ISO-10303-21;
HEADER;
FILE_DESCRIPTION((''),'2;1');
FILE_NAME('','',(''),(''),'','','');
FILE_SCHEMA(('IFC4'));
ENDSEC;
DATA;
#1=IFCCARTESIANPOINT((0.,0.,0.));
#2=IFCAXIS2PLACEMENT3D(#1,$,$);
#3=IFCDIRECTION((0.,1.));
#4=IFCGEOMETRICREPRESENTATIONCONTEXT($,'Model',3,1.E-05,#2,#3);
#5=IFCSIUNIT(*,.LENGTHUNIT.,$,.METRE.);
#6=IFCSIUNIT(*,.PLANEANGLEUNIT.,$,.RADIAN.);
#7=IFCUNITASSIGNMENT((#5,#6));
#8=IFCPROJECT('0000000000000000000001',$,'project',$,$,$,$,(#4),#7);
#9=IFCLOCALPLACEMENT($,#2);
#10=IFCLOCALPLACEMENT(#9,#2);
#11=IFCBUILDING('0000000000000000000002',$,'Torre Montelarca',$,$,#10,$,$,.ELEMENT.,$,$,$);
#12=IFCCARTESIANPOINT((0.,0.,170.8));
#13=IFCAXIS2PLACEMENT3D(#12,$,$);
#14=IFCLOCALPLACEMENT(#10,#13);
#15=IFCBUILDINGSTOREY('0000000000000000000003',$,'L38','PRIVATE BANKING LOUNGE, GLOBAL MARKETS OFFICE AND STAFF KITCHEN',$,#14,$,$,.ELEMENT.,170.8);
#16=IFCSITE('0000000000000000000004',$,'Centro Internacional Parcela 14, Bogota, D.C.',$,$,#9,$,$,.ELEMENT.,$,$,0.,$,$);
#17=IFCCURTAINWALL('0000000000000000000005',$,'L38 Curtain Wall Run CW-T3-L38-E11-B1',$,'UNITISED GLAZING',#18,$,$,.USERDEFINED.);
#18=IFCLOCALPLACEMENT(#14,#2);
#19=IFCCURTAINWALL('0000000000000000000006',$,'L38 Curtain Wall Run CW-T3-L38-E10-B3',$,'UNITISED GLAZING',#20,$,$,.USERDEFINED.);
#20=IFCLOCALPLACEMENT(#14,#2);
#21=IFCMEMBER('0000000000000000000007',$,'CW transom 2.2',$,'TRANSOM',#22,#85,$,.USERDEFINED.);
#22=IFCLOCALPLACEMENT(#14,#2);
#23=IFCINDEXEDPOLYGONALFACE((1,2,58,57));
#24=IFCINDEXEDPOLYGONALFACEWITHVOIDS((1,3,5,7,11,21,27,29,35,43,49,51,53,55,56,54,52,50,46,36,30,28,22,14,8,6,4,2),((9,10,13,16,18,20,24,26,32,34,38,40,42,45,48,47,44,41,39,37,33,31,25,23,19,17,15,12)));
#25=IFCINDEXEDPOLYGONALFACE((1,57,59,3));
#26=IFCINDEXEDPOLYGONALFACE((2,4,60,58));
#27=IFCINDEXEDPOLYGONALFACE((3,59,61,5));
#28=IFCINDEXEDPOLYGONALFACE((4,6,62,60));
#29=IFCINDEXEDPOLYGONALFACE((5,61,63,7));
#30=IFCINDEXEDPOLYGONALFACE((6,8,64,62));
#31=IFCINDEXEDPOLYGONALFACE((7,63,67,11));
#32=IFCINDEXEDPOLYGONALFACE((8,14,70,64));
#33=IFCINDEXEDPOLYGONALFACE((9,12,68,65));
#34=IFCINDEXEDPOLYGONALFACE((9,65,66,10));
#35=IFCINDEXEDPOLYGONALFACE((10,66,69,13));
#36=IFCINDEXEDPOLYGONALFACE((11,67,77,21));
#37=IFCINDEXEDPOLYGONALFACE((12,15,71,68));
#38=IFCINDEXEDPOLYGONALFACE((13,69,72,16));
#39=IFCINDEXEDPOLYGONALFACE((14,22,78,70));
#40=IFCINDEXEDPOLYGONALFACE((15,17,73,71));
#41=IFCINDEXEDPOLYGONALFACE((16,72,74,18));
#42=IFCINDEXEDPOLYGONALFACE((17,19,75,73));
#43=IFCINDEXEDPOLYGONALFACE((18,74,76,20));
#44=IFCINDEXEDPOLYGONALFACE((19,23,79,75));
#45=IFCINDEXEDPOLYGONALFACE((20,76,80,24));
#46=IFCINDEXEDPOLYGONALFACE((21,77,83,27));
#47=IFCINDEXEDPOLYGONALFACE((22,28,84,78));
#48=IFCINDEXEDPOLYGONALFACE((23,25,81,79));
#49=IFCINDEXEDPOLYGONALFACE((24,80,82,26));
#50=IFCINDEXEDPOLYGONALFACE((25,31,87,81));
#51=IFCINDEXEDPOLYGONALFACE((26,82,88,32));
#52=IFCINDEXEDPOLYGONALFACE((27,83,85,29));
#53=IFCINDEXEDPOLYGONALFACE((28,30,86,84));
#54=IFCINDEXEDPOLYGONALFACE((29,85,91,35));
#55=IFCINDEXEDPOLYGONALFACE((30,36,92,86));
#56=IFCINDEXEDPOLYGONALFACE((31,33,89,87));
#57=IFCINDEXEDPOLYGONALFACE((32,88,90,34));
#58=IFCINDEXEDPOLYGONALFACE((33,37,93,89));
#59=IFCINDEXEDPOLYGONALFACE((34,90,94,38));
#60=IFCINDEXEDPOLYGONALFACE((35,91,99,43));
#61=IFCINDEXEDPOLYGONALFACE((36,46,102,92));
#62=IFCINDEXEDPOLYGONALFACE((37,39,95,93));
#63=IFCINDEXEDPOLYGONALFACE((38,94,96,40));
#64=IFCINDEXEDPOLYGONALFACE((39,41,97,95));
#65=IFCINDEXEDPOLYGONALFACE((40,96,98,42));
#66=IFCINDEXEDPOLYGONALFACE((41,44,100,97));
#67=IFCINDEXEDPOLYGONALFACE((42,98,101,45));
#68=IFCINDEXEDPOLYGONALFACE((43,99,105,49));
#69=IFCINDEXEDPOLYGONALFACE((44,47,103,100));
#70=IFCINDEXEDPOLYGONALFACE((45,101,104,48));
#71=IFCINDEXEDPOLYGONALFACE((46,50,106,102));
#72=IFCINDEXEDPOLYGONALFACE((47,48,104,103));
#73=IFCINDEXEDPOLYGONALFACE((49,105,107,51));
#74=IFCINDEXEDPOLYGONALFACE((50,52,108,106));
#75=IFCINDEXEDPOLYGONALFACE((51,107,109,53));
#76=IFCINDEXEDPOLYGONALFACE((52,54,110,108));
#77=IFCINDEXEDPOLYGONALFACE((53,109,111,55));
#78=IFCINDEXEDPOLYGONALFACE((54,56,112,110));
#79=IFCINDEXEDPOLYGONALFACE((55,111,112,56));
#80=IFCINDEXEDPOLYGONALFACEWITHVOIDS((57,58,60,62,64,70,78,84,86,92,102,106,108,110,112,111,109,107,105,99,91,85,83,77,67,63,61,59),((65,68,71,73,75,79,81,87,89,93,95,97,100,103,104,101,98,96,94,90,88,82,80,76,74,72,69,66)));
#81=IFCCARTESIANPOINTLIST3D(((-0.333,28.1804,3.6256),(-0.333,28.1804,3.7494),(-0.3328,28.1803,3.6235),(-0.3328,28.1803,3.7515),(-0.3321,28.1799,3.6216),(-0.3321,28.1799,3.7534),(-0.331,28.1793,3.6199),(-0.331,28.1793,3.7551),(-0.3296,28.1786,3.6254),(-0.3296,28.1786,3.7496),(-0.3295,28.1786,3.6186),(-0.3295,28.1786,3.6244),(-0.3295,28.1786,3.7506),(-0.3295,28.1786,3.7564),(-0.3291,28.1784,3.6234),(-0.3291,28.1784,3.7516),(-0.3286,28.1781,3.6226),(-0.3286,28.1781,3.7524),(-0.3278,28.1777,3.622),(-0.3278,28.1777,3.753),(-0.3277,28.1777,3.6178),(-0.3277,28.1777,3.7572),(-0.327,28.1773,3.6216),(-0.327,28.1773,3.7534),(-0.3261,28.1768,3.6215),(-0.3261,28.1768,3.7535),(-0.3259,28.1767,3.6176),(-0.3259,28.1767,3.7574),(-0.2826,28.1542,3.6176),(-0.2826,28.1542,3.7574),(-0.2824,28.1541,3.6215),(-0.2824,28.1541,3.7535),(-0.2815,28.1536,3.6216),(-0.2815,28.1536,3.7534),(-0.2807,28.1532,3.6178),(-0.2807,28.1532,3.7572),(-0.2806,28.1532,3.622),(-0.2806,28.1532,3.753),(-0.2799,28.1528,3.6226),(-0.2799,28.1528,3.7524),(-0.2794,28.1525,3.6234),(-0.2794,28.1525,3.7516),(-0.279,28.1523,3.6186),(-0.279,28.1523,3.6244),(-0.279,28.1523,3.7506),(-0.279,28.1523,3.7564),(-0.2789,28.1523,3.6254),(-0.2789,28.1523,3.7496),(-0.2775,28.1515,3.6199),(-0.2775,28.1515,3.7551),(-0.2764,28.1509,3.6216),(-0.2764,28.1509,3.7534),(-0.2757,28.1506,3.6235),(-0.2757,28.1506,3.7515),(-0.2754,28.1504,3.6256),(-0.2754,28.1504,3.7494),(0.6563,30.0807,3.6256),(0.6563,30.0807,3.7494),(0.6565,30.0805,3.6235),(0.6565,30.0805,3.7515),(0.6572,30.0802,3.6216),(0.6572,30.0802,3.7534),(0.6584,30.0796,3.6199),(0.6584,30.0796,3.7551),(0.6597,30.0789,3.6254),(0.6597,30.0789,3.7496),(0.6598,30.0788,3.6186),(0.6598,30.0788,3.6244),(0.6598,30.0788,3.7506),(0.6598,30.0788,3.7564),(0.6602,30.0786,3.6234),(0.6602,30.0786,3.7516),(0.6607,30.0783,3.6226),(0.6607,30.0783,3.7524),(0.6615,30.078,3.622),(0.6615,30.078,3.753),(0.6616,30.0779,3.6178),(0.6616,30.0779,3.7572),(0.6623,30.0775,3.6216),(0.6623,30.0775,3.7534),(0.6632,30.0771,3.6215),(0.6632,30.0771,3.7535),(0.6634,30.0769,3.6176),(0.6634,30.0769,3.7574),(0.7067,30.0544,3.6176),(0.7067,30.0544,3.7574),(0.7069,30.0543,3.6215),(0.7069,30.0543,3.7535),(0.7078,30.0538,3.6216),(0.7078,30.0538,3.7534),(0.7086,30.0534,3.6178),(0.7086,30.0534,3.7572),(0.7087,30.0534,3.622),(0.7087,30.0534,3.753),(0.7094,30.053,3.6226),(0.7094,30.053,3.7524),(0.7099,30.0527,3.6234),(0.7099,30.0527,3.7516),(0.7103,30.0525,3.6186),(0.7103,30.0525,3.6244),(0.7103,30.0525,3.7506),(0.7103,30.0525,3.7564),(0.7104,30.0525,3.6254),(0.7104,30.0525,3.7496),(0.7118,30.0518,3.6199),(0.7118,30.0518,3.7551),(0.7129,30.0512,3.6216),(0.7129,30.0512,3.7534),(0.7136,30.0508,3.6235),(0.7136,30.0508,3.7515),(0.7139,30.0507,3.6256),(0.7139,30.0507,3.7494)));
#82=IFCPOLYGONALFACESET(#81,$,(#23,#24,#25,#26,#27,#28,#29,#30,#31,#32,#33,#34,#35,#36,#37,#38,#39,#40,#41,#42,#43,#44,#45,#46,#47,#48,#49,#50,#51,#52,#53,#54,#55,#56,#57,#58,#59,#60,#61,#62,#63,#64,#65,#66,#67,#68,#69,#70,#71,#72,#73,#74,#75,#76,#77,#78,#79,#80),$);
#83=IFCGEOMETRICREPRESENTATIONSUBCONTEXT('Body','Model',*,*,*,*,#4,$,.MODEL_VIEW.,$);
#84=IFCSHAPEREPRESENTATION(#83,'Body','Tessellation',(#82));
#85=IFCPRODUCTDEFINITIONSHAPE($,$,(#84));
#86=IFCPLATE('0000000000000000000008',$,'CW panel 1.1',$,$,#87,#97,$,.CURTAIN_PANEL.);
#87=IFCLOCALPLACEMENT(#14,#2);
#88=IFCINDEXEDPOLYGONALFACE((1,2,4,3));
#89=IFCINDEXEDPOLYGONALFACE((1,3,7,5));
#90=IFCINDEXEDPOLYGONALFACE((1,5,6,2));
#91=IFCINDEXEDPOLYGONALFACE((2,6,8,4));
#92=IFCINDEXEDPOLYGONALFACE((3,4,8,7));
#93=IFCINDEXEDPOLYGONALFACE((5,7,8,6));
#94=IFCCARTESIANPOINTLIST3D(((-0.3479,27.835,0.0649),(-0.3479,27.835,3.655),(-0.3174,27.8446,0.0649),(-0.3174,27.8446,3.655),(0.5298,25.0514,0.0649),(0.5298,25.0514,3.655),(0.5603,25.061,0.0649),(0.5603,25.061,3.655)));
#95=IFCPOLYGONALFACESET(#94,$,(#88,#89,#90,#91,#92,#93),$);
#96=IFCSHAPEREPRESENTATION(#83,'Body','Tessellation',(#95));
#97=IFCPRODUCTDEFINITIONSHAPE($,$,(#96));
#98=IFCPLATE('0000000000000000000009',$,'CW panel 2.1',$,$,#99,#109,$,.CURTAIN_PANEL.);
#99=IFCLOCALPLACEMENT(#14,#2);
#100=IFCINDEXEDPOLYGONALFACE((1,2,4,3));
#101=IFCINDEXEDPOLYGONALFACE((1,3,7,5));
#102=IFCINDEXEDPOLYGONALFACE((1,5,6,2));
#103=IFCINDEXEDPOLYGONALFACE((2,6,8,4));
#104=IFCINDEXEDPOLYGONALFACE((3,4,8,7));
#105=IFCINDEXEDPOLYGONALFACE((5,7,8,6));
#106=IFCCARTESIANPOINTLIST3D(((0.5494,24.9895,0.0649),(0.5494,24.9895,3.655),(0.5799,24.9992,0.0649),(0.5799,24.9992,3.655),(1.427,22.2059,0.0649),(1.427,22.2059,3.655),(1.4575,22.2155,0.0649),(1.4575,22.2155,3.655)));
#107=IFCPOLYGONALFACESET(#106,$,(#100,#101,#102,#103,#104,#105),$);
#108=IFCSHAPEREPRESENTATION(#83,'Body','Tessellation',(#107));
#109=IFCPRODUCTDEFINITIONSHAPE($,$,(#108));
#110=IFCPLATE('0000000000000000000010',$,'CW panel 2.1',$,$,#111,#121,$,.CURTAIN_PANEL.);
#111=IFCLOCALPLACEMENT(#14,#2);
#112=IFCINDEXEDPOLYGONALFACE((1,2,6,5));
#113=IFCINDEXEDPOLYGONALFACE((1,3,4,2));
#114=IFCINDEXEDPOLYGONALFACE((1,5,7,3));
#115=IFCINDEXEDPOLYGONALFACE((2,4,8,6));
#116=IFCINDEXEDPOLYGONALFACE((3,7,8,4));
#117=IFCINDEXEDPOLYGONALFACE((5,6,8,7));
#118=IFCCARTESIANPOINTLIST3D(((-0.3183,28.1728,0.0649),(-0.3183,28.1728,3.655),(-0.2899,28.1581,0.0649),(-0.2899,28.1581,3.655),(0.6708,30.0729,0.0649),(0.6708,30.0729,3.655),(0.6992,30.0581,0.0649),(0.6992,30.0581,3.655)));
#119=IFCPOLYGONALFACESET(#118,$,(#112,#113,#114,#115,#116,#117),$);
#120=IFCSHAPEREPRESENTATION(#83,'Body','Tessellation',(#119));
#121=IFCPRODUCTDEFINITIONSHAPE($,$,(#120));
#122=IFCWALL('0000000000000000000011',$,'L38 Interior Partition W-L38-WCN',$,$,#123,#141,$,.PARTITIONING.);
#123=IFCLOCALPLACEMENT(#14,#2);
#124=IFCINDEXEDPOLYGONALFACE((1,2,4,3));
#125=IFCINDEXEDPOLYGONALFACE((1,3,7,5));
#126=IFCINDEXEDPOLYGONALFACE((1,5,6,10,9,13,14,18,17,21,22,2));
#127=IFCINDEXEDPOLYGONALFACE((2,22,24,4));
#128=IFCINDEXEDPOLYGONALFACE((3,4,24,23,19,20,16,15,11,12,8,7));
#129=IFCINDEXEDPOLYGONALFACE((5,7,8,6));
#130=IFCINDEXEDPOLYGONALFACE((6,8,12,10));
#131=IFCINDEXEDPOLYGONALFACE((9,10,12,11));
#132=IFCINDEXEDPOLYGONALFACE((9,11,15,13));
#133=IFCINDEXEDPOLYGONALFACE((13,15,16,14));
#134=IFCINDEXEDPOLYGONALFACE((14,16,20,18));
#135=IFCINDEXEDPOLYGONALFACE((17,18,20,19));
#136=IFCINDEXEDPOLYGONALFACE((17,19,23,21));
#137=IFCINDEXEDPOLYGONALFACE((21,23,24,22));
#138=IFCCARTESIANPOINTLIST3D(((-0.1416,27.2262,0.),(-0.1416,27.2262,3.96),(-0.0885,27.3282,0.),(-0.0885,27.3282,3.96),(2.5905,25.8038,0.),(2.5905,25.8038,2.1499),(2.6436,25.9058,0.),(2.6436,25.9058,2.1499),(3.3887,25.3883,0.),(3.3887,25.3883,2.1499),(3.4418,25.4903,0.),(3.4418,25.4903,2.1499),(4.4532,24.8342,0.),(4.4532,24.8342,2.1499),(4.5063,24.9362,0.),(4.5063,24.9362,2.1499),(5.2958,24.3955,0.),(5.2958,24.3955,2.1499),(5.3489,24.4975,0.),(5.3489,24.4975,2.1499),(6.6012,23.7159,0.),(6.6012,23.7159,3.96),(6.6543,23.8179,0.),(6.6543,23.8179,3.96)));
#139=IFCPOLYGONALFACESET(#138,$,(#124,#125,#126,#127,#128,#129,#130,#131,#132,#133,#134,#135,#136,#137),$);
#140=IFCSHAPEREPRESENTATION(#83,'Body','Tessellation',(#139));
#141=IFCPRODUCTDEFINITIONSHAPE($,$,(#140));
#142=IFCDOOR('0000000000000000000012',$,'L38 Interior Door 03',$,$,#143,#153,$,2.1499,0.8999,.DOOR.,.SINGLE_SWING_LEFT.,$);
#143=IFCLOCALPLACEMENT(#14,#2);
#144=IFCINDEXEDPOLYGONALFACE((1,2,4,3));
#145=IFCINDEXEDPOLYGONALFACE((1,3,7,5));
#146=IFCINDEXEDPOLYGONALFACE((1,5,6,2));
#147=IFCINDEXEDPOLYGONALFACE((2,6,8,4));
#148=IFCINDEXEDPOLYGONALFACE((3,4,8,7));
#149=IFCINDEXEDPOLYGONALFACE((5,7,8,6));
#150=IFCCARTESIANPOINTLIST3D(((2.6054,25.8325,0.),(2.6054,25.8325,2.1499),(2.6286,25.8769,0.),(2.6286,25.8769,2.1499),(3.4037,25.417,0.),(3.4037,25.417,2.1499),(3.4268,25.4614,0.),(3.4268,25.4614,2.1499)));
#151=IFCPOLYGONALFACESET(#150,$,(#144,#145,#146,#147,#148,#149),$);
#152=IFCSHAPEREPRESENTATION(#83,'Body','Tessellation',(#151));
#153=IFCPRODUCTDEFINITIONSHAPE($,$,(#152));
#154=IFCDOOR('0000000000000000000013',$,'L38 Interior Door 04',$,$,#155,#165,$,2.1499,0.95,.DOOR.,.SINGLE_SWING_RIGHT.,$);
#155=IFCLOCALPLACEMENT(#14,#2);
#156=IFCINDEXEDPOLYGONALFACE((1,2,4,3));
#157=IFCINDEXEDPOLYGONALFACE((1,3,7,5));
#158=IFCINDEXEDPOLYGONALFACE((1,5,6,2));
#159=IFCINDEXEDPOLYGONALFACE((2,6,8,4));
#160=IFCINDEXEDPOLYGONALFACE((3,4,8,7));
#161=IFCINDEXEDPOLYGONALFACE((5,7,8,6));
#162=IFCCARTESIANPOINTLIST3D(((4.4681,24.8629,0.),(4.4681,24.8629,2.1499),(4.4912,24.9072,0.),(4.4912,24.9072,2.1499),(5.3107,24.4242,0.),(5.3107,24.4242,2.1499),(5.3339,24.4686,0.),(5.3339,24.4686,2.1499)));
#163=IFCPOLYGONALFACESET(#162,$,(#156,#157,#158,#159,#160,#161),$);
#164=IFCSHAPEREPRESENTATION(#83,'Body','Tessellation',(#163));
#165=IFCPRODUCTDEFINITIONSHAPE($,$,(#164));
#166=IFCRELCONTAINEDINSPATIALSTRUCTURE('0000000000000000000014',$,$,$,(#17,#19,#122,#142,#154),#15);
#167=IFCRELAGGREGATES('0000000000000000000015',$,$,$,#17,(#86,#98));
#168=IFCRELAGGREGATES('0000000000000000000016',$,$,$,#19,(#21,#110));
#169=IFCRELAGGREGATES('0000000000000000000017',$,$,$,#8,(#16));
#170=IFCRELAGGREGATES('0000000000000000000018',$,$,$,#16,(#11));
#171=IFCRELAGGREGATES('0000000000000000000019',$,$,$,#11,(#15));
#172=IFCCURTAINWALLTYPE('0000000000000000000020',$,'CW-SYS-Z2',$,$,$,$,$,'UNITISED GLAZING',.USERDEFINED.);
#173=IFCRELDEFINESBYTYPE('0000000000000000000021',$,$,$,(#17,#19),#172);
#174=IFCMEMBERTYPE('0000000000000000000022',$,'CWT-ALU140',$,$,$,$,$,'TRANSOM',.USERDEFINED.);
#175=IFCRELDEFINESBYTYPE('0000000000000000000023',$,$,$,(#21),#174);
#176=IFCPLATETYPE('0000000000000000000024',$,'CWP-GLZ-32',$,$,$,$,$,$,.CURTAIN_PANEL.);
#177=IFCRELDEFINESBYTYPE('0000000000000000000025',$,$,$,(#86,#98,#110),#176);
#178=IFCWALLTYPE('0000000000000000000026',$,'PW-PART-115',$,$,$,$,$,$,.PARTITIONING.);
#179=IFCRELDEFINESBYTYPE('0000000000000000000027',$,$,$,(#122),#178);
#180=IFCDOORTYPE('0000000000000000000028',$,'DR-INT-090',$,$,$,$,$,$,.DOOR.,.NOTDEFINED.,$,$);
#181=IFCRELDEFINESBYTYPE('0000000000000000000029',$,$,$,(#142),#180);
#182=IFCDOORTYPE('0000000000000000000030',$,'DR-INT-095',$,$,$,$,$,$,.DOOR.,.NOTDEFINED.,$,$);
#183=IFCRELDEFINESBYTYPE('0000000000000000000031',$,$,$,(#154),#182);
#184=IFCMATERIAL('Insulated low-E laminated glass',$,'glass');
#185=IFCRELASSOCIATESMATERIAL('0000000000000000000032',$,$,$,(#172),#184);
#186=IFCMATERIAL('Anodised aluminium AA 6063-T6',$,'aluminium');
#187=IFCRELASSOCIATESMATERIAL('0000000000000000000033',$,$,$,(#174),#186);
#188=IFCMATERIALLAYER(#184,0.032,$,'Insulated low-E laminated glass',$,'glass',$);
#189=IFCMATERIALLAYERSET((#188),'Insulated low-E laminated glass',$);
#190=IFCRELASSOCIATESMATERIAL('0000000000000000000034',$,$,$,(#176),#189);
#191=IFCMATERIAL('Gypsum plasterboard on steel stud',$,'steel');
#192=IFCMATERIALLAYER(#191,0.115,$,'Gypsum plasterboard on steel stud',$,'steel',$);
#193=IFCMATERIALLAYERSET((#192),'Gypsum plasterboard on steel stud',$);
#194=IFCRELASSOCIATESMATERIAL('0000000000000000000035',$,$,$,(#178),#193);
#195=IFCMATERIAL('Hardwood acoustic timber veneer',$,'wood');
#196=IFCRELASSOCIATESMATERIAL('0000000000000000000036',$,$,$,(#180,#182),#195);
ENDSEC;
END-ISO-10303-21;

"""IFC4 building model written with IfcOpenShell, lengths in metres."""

from ifc_helpers import new_model, si_unit, direction, frame, frame_2d, origin, origin_2d, place, context, subcontext, project, spatial, rectangle, hollow_rectangle, extrude, source, transform, mapped, material, layer, layer_set, material_profile, profile_set, type_object, element, fill, aggregate, save


model = new_model("IFC4")

# Units and contexts
model_context = context("Model", 3, precision=1e-05, world=origin(), true_north=direction((0.0, 1.0)))
body_context = subcontext(model_context, "Body", "Model", "MODEL_VIEW")
ifc_project = project(units=[si_unit("LENGTHUNIT", "METRE"), si_unit("PLANEANGLEUNIT", "RADIAN")], contexts=[model_context])

# Site, building, storey
site_placement = place(None, origin())
site = spatial("IfcSite", under=ifc_project, at=site_placement, Name="Centro Internacional Parcela 14, Bogota, D.C.", CompositionType="ELEMENT", RefElevation=0.0)
building_placement = place(site_placement, origin())
building = spatial("IfcBuilding", under=site, at=building_placement, Name="Torre Montelarca", CompositionType="ELEMENT")
storey_placement = place(building_placement, frame((0.0, 0.0, 170.8)))
storey = spatial("IfcBuildingStorey", under=building, at=storey_placement, Name="L38", Description="PRIVATE BANKING LOUNGE, GLOBAL MARKETS OFFICE AND STAFF KITCHEN", CompositionType="ELEMENT", Elevation=170.8)

# Curtain wall
ifc_material_1 = material(Name="Insulated low-E laminated glass", Category="glass")
curtain_wall_type = type_object("IfcCurtainWallType", Name="CW-SYS-Z2", ElementType="UNITISED GLAZING", PredefinedType="USERDEFINED", material=ifc_material_1)
curtain_wall_1_placement = place(storey_placement, origin())
curtain_wall_1 = element("IfcCurtainWall", 1, at=curtain_wall_1_placement, inside=storey, type_object=curtain_wall_type, Name="L38 Curtain Wall Run CW-T3-L38-E11-B1", ObjectType="UNITISED GLAZING", PredefinedType="USERDEFINED")
ifc_material_2 = material(Name="Anodised aluminium AA 6063-T6", Category="aluminium")
ifc_material_profile_1 = material_profile(ifc_material_2, hollow_rectangle(XDim=0.0649, YDim=0.1399, WallThickness=0.0039, InnerFilletRadius=0.0039, OuterFilletRadius=0.0081, at=origin_2d()), Name="ALU65X140X4", Category="aluminium")
ifc_profile_set_1 = profile_set([ifc_material_profile_1], Name="Anodised aluminium AA 6063-T6")
member_type_1 = type_object("IfcMemberType", Name="CWT-ALU140", ElementType="TRANSOM", PredefinedType="USERDEFINED", material=ifc_profile_set_1)

# Curtain wall
curtain_wall_2_placement = place(storey_placement, origin())
curtain_wall_2 = element("IfcCurtainWall", 2, at=curtain_wall_2_placement, inside=storey, type_object=curtain_wall_type, Name="L38 Curtain Wall Run CW-T3-L38-E10-B3", ObjectType="UNITISED GLAZING", PredefinedType="USERDEFINED")

# Member
shared_shape_1 = source(origin(), body_context, "Body", "SweptSolid", [
    extrude(hollow_rectangle(XDim=0.0649, YDim=0.1399, WallThickness=0.0039, InnerFilletRadius=0.0039, OuterFilletRadius=0.0081, at=origin_2d()), origin(), (0.0, 0.0, 1.0), 2.1423),
])
member_1_placement = place(storey_placement, frame((0.6851, 30.0657, 3.6875), z_axis=(-0.461787, -0.886991, 0.0), x_axis=(0.886991, -0.461787, 0.0)))
member_1 = element("IfcMember", 3, at=member_1_placement, type_object=member_type_1, Name="CW transom 2.2", ObjectType="TRANSOM", PredefinedType="USERDEFINED", context=body_context, shape_type="MappedRepresentation", body=[
    mapped(shared_shape_1, transform((0.0, 0.0, 0.0), scale=1.0)),
])

# Plates
ifc_layer_1 = layer(ifc_material_1, 0.032, Name="Insulated low-E laminated glass", Category="glass")
ifc_layer_set_1 = layer_set([ifc_layer_1], Name="Insulated low-E laminated glass")
plate_type = type_object("IfcPlateType", Name="CWP-GLZ-32", PredefinedType="CURTAIN_PANEL", material=ifc_layer_set_1)
shared_shape_2 = source(origin(), body_context, "Body", "SweptSolid", [
    extrude(rectangle(XDim=2.9187, YDim=0.032, at=origin_2d()), origin(), (0.0, 0.0, 1.0), 3.5901),
])
plate_1_placement = place(storey_placement, frame((0.1062, 26.448, 0.0649), z_axis=(0.0, 0.0, 1.0), x_axis=(0.300684, -0.953724, 0.0)))
plate_1 = element("IfcPlate", 4, at=plate_1_placement, type_object=plate_type, Name="CW panel 1.1", PredefinedType="CURTAIN_PANEL", context=body_context, shape_type="MappedRepresentation", body=[
    mapped(shared_shape_2, transform((0.0, 0.0, 0.0), scale=1.0)),
])
plate_2_placement = place(storey_placement, frame((1.0034, 23.6025, 0.0649), z_axis=(0.0, 0.0, 1.0), x_axis=(0.300684, -0.953724, 0.0)))
plate_2 = element("IfcPlate", 5, at=plate_2_placement, type_object=plate_type, Name="CW panel 2.1", PredefinedType="CURTAIN_PANEL", context=body_context, shape_type="MappedRepresentation", body=[
    mapped(shared_shape_2, transform((0.0, 0.0, 0.0), scale=1.0)),
])
aggregate(curtain_wall_1, [plate_1, plate_2])
shared_shape_3 = source(origin(), body_context, "Body", "SweptSolid", [
    extrude(rectangle(XDim=2.1421, YDim=0.032, at=origin_2d()), origin(), (0.0, 0.0, 1.0), 3.5901),
])
plate_3_placement = place(storey_placement, frame((0.1904, 29.1155, 0.0649), z_axis=(0.0, 0.0, 1.0), x_axis=(-0.461737, -0.887017, 0.0)))
plate_3 = element("IfcPlate", 6, at=plate_3_placement, type_object=plate_type, Name="CW panel 2.1", PredefinedType="CURTAIN_PANEL", context=body_context, shape_type="MappedRepresentation", body=[
    mapped(shared_shape_3, transform((0.0, 0.0, 0.0), scale=1.0)),
])
aggregate(curtain_wall_2, [member_1, plate_3])

# Wall, openings, doors
ifc_material_3 = material(Name="Gypsum plasterboard on steel stud", Category="steel")
ifc_layer_2 = layer(ifc_material_3, 0.115, Name="Gypsum plasterboard on steel stud", Category="steel")
ifc_layer_set_2 = layer_set([ifc_layer_2], Name="Gypsum plasterboard on steel stud")
wall_type = type_object("IfcWallType", Name="PW-PART-115", PredefinedType="PARTITIONING", material=ifc_layer_set_2)
wall_placement = place(storey_placement, frame((-0.115, 27.2771, 0.0), z_axis=(0.0, 0.0, 1.0), x_axis=(0.887005, -0.46176, 0.0)))
wall = element("IfcWall", 7, at=wall_placement, inside=storey, type_object=wall_type, Name="L38 Interior Partition W-L38-WCN", PredefinedType="PARTITIONING", context=body_context, shape_type="SweptSolid", body=[
    extrude(rectangle(XDim=7.6018, YDim=0.115, at=frame_2d((3.8008, 0.0))), origin(), (0.0, 0.0, 1.0), 3.96),
])
opening_1_placement = place(wall_placement, frame((3.0801, 0.0, 0.0)))
opening_1 = element("IfcOpeningElement", 8, at=opening_1_placement, cuts=wall, PredefinedType="OPENING", context=body_context, shape_type="SweptSolid", body=[
    extrude(rectangle(XDim=0.8999, YDim=2.1499, at=frame_2d((0.45, 1.075))), frame((0.0, 0.0674, 0.0), z_axis=(0.0, -1.0, 0.0), x_axis=(1.0, 0.0, 0.0)), (0.0, 0.0, 1.0), 0.135),
])
opening_2_placement = place(wall_placement, frame((5.1799, 0.0, 0.0)))
opening_2 = element("IfcOpeningElement", 9, at=opening_2_placement, cuts=wall, PredefinedType="OPENING", context=body_context, shape_type="SweptSolid", body=[
    extrude(rectangle(XDim=0.95, YDim=2.1499, at=frame_2d((0.4751, 1.075))), frame((0.0, 0.0674, 0.0), z_axis=(0.0, -1.0, 0.0), x_axis=(1.0, 0.0, 0.0)), (0.0, 0.0, 1.0), 0.135),
])
ifc_material_4 = material(Name="Hardwood acoustic timber veneer", Category="wood")
door_type_1 = type_object("IfcDoorType", Name="DR-INT-090", OperationType="NOTDEFINED", PredefinedType="DOOR", material=ifc_material_4)
shared_shape_4 = source(origin(), body_context, "Body", "SweptSolid", [
    extrude(rectangle(XDim=0.8999, YDim=2.1499, at=frame_2d((0.45, 1.075))), frame((0.0, 0.0249, 0.0), z_axis=(0.0, -1.0, 0.0), x_axis=(1.0, 0.0, 0.0)), (0.0, 0.0, 1.0), 0.05),
])
door_1_placement = place(opening_1_placement, origin())
door_1 = element("IfcDoor", 10, at=door_1_placement, inside=storey, type_object=door_type_1, Name="L38 Interior Door 03", OperationType="SINGLE_SWING_LEFT", OverallHeight=2.1499, OverallWidth=0.8999, PredefinedType="DOOR", context=body_context, shape_type="MappedRepresentation", body=[
    mapped(shared_shape_4, transform((0.0, 0.0, 0.0), scale=1.0)),
])
fill(opening_1, door_1)
door_type_2 = type_object("IfcDoorType", Name="DR-INT-095", OperationType="NOTDEFINED", PredefinedType="DOOR", material=ifc_material_4)
shared_shape_5 = source(origin(), body_context, "Body", "SweptSolid", [
    extrude(rectangle(XDim=0.95, YDim=2.1499, at=frame_2d((0.4751, 1.075))), frame((0.0, 0.0249, 0.0), z_axis=(0.0, -1.0, 0.0), x_axis=(1.0, 0.0, 0.0)), (0.0, 0.0, 1.0), 0.05),
])
door_2_placement = place(opening_2_placement, origin())
door_2 = element("IfcDoor", 11, at=door_2_placement, inside=storey, type_object=door_type_2, Name="L38 Interior Door 04", OperationType="SINGLE_SWING_RIGHT", OverallHeight=2.1499, OverallWidth=0.95, PredefinedType="DOOR", context=body_context, shape_type="MappedRepresentation", body=[
    mapped(shared_shape_5, transform((0.0, 0.0, 0.0), scale=1.0)),
])
fill(opening_2, door_2)

save(model, "model.ifc")
